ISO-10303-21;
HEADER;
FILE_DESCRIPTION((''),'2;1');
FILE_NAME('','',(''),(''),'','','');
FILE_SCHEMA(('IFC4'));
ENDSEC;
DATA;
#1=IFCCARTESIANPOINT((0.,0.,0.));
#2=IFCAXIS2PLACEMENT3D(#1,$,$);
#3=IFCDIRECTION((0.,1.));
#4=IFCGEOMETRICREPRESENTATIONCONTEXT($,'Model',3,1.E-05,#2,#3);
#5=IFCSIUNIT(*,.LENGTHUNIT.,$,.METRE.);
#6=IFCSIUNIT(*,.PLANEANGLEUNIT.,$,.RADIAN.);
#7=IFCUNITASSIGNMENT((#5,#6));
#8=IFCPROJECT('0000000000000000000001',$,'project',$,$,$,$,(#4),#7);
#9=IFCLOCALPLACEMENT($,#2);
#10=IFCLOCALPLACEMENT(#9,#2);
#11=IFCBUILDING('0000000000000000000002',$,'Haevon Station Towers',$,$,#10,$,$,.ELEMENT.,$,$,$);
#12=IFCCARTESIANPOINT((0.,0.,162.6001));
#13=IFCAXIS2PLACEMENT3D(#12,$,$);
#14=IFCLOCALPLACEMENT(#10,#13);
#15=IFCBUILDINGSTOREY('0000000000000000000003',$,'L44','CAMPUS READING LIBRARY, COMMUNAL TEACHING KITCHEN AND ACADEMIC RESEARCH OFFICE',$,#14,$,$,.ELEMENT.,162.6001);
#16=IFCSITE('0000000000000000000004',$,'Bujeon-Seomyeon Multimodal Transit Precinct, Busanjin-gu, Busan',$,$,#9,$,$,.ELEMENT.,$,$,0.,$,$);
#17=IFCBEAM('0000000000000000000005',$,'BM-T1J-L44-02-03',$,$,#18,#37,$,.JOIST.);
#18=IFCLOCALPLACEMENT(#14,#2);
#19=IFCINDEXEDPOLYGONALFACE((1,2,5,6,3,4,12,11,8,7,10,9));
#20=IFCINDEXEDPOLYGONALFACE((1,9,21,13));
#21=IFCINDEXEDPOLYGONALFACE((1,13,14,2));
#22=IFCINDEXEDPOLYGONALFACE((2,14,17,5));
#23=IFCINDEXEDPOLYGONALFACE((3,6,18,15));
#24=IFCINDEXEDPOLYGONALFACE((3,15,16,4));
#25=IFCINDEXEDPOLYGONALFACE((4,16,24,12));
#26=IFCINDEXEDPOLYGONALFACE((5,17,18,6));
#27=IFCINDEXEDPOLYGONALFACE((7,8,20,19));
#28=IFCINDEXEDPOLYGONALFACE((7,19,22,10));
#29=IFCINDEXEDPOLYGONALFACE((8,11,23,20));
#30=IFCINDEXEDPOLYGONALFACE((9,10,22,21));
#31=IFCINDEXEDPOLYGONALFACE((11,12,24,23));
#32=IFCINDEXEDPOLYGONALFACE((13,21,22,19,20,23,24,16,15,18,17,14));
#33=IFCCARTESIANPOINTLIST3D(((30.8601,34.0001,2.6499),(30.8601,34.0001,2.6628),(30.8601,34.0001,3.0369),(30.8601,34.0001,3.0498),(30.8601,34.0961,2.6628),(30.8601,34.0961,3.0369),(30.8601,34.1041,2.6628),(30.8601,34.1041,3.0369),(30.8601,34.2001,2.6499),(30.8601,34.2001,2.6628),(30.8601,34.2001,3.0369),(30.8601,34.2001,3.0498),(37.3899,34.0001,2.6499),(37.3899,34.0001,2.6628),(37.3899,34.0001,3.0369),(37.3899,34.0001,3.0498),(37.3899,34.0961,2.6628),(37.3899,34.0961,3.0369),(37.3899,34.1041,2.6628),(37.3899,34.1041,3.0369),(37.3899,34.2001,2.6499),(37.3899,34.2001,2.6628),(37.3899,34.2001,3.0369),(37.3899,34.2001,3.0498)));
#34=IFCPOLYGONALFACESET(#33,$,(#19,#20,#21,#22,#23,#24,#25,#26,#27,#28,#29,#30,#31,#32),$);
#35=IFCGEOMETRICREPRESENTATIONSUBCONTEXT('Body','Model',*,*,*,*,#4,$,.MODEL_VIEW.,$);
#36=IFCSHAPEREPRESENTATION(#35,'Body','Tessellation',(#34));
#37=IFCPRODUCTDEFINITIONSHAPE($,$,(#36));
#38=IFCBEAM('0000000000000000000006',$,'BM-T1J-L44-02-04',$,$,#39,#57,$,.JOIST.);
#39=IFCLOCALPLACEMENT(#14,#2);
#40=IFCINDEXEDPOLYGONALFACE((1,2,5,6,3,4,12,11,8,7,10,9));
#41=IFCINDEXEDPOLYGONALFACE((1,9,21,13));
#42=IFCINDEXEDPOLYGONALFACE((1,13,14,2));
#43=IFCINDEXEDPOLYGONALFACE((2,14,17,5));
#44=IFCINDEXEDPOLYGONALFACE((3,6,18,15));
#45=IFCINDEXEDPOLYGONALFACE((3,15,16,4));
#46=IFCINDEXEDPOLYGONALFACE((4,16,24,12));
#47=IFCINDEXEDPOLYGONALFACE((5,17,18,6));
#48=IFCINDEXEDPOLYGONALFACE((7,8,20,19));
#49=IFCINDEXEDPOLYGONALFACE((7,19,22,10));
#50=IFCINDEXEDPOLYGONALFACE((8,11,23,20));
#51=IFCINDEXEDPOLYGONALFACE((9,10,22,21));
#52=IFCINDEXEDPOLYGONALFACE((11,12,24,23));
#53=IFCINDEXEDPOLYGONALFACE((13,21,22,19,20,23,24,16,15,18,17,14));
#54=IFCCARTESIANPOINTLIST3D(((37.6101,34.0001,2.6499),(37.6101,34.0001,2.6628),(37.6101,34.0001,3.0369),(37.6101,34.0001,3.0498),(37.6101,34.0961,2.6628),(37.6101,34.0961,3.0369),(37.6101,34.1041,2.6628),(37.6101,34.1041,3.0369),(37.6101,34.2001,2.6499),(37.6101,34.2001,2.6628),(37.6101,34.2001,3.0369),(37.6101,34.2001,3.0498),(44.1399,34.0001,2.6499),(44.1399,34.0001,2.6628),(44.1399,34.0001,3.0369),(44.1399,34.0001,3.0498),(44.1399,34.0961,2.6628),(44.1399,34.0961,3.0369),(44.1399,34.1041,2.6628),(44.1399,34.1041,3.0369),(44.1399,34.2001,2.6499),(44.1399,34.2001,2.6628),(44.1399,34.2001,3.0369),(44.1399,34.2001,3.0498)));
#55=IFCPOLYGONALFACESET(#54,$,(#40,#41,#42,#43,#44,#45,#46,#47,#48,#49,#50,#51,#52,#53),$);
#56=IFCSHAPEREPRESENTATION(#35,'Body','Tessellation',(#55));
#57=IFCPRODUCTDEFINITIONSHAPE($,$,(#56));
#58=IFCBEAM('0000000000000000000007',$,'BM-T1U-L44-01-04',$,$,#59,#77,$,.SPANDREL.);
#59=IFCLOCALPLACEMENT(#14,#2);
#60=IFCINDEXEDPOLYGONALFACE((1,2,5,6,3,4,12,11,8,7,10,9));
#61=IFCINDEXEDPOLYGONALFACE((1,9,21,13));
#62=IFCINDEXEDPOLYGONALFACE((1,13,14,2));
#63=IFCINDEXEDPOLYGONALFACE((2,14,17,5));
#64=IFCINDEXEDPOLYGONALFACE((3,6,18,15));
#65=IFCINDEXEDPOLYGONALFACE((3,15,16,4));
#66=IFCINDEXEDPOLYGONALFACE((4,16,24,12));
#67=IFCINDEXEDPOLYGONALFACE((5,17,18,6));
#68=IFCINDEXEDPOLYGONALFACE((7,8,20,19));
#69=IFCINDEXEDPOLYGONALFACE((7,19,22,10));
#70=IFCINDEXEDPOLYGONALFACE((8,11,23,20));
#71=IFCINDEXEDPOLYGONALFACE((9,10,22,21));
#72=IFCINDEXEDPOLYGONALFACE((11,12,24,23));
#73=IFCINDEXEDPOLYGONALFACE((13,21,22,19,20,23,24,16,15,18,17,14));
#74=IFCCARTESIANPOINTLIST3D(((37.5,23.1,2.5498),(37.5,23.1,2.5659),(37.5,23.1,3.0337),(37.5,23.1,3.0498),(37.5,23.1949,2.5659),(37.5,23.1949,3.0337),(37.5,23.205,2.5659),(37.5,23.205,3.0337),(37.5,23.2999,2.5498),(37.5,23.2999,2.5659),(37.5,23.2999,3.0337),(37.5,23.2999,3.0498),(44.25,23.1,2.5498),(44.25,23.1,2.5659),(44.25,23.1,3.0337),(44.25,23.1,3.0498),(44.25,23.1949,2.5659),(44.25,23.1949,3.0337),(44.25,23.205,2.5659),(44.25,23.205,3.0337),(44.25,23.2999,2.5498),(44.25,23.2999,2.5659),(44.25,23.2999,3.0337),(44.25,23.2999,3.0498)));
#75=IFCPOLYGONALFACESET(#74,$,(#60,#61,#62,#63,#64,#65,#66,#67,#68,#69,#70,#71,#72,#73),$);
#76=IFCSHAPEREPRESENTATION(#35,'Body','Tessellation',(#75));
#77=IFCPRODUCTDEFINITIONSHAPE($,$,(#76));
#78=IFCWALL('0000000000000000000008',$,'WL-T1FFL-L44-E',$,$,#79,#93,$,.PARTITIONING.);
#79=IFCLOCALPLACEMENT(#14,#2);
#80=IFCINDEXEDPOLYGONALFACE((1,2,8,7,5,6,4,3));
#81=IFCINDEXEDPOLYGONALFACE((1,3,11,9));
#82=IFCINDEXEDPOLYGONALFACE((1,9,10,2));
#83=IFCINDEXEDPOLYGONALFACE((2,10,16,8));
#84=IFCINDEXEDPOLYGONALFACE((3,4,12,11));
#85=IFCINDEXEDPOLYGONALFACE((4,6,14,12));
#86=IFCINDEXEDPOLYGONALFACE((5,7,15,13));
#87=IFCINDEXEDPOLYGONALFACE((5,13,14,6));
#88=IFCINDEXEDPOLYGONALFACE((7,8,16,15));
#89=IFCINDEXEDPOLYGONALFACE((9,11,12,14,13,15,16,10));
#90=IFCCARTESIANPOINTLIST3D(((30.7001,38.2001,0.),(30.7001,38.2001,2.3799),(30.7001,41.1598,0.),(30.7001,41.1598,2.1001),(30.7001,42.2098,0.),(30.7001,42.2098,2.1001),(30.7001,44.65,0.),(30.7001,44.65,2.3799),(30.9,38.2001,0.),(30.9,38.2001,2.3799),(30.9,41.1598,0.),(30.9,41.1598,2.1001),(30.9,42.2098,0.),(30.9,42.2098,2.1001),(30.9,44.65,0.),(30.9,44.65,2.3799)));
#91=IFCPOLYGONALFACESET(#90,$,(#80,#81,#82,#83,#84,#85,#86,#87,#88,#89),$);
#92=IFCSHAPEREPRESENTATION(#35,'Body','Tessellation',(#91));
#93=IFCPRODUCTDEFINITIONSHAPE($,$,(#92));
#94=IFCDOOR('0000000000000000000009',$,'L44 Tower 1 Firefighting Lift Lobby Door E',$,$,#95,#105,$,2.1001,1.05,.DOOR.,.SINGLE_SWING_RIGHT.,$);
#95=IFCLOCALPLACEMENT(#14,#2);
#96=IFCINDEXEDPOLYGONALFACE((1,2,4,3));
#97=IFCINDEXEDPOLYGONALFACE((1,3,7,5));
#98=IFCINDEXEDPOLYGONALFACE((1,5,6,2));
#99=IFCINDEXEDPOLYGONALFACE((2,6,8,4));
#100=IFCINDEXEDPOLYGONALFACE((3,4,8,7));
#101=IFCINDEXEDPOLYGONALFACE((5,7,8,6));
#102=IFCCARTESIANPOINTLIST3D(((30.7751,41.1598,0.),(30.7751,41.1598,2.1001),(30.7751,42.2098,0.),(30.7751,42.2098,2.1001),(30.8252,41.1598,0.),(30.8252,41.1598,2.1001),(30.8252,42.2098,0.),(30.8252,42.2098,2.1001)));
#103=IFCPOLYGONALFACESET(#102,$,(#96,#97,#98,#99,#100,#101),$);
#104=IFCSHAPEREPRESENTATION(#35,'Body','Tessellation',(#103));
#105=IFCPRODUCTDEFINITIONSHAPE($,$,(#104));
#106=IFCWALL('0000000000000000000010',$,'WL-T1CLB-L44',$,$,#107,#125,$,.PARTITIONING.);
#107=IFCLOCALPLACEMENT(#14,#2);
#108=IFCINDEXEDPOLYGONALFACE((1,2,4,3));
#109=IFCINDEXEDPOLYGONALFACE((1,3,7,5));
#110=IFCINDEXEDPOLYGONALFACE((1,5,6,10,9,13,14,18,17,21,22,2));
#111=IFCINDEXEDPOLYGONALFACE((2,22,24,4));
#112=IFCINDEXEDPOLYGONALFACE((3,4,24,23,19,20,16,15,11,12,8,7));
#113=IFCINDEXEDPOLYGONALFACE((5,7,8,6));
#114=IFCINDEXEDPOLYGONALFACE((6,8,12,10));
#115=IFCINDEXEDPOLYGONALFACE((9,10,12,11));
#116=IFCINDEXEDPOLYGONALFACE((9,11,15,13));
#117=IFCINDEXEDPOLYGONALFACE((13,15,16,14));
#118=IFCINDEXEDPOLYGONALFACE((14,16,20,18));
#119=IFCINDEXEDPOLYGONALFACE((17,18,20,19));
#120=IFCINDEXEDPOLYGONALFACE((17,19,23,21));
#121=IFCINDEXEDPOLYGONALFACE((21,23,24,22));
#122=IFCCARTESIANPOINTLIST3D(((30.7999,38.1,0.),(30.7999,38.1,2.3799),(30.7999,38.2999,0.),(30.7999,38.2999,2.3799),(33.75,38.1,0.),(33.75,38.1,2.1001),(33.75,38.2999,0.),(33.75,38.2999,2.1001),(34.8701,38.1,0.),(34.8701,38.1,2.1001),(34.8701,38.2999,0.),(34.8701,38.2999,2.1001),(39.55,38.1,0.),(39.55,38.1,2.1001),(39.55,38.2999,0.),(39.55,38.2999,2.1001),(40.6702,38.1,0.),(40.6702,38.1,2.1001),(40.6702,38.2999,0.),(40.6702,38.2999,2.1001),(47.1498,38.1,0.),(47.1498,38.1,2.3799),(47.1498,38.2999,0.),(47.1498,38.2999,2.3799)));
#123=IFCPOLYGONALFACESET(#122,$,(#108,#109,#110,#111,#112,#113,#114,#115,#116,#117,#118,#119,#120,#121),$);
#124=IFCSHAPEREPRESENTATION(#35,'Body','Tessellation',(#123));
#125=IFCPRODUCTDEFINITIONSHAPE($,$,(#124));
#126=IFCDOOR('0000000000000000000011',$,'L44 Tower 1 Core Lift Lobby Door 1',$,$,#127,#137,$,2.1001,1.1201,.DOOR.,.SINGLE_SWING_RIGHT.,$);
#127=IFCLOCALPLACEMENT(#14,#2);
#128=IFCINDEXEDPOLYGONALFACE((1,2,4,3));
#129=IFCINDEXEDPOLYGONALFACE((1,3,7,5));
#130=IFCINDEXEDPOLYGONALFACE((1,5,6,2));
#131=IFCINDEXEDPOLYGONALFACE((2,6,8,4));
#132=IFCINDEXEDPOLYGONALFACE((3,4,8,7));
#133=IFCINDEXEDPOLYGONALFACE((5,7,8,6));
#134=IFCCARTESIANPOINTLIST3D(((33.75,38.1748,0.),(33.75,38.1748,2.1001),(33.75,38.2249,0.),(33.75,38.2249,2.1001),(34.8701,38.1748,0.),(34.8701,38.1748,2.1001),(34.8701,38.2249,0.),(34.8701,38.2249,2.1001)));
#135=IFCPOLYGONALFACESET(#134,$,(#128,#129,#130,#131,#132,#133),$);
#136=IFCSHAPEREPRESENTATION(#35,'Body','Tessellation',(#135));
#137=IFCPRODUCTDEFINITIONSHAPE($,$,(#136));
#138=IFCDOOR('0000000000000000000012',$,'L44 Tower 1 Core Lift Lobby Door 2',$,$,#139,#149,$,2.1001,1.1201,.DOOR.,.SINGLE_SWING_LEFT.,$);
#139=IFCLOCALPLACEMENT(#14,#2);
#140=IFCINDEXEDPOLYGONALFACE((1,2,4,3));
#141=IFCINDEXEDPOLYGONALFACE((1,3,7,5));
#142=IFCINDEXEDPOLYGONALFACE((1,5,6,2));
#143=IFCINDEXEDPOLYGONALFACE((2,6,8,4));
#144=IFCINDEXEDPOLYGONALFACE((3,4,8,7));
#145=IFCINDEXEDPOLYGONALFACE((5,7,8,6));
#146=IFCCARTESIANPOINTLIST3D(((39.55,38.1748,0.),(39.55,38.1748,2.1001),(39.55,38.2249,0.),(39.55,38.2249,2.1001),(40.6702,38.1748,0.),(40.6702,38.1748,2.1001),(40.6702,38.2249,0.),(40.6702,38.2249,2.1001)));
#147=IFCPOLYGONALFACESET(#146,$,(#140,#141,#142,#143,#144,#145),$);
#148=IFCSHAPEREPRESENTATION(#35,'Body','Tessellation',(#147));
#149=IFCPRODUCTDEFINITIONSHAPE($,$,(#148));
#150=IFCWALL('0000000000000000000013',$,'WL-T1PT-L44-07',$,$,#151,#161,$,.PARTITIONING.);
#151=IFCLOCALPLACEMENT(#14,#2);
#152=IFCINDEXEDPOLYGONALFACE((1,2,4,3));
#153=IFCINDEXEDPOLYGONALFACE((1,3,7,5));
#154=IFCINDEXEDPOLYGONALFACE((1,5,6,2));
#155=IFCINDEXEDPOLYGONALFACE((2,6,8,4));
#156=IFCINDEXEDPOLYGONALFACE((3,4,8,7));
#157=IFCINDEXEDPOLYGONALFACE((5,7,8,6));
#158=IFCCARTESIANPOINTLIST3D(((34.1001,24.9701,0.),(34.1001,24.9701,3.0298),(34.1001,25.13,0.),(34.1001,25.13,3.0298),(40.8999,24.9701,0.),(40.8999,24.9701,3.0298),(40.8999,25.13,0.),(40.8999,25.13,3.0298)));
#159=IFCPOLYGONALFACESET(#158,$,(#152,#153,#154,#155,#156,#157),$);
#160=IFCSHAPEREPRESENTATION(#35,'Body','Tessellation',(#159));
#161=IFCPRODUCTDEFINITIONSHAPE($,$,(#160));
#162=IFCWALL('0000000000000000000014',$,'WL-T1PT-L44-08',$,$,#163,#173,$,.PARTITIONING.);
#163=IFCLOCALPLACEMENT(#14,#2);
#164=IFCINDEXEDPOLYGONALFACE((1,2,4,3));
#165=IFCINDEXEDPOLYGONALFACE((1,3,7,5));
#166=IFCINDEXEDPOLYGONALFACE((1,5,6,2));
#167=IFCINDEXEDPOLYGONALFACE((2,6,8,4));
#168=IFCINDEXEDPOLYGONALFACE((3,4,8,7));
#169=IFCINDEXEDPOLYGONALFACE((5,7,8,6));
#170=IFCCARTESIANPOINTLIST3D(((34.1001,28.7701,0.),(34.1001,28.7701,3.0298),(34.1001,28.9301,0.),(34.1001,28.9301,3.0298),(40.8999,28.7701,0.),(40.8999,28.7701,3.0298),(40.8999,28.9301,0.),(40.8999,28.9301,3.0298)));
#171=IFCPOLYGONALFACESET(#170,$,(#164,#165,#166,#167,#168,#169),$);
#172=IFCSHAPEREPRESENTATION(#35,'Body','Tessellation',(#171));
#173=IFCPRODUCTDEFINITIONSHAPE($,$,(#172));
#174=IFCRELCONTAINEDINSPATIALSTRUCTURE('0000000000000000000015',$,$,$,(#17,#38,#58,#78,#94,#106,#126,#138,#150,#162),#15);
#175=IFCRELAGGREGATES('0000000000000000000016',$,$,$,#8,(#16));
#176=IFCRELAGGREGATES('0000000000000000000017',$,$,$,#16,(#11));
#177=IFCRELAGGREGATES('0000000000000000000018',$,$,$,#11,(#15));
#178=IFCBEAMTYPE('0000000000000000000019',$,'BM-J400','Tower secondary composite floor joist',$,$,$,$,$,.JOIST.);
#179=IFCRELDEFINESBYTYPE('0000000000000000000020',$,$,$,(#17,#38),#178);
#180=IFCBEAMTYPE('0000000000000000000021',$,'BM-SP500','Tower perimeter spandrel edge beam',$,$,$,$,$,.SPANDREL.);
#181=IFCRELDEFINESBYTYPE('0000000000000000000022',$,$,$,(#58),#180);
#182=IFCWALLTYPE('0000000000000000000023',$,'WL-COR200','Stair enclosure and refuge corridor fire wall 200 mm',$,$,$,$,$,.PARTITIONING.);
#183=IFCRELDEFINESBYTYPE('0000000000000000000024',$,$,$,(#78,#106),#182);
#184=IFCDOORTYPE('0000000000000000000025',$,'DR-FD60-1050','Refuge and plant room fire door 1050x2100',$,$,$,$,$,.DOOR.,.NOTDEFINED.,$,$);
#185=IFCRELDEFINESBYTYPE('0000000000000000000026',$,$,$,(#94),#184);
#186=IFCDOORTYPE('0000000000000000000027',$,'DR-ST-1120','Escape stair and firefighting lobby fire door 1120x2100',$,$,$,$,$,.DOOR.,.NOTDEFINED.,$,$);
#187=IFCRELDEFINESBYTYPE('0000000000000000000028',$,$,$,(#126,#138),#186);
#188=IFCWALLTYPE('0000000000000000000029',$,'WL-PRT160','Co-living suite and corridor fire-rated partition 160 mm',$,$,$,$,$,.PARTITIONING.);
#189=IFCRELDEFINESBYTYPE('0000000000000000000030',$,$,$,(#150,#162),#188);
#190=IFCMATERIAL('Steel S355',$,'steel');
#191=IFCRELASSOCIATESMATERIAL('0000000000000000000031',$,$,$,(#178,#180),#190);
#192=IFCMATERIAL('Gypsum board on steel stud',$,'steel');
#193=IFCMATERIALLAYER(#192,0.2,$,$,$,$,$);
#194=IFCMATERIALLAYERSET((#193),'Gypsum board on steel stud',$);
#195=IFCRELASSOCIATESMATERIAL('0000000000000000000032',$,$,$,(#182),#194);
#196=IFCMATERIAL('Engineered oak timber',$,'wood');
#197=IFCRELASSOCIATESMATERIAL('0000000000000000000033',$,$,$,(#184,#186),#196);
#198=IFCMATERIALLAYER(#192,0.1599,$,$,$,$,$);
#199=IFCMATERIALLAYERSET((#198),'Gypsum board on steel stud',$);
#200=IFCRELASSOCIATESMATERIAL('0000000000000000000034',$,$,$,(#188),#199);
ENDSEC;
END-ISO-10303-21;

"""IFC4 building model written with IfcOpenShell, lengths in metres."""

from ifc_helpers import new_model, si_unit, direction, frame, frame_2d, origin, origin_2d, place, context, subcontext, project, spatial, rectangle, i_section, extrude, material, layer, layer_set, material_profile, profile_set, type_object, element, fill, save


model = new_model("IFC4")

# Units and contexts
model_context = context("Model", 3, precision=1e-05, world=origin(), true_north=direction((0.0, 1.0)))
body_context = subcontext(model_context, "Body", "Model", "MODEL_VIEW")
ifc_project = project(units=[si_unit("LENGTHUNIT", "METRE"), si_unit("PLANEANGLEUNIT", "RADIAN")], contexts=[model_context])

# Site, building, storey
site_placement = place(None, origin())
site = spatial("IfcSite", under=ifc_project, at=site_placement, Name="Bujeon-Seomyeon Multimodal Transit Precinct, Busanjin-gu, Busan", CompositionType="ELEMENT", RefElevation=0.0)
building_placement = place(site_placement, origin())
building = spatial("IfcBuilding", under=site, at=building_placement, Name="Haevon Station Towers", CompositionType="ELEMENT")
storey_placement = place(building_placement, frame((0.0, 0.0, 162.6001)))
storey = spatial("IfcBuildingStorey", under=building, at=storey_placement, Name="L44", Description="CAMPUS READING LIBRARY, COMMUNAL TEACHING KITCHEN AND ACADEMIC RESEARCH OFFICE", CompositionType="ELEMENT", Elevation=162.6001)

# Shared definitions
ifc_material_1 = material(Name="Steel S355", Category="steel")

# Beams
ifc_material_profile_1 = material_profile(ifc_material_1, i_section(OverallWidth=0.2, OverallDepth=0.3999, WebThickness=0.0081, FlangeThickness=0.0129, at=origin_2d()), Name="H-400x200x8x13")
ifc_profile_set_1 = profile_set([ifc_material_profile_1], Name="Steel S355")
beam_type_1 = type_object("IfcBeamType", Name="BM-J400", Description="Tower secondary composite floor joist", PredefinedType="JOIST", material=ifc_profile_set_1)
for number, where, z_axis, x_axis, name in (
    (1, (30.8601, 34.1001, 2.8499), (1.0, 0.0, 0.0), (0.0, 1.0, 0.0), "BM-T1J-L44-02-03"),
    (2, (37.6101, 34.1001, 2.8499), (1.0, 0.0, 0.0), (0.0, 1.0, 0.0), "BM-T1J-L44-02-04"),
):
    element("IfcBeam", number, at=place(storey_placement, frame(where, z_axis=z_axis, x_axis=x_axis)), inside=storey, type_object=beam_type_1, Name=name, PredefinedType="JOIST", context=body_context, shape_type="SweptSolid", body=[
        extrude(i_section(OverallWidth=0.2, OverallDepth=0.3999, WebThickness=0.0081, FlangeThickness=0.0129, at=origin_2d()), origin(), (0.0, 0.0, 1.0), 6.5298),
    ])
ifc_material_profile_2 = material_profile(ifc_material_1, i_section(OverallWidth=0.2, OverallDepth=0.5, WebThickness=0.01, FlangeThickness=0.0161, at=origin_2d()), Name="H-500x200x10x16")
ifc_profile_set_2 = profile_set([ifc_material_profile_2], Name="Steel S355")
beam_type_2 = type_object("IfcBeamType", Name="BM-SP500", Description="Tower perimeter spandrel edge beam", PredefinedType="SPANDREL", material=ifc_profile_set_2)
beam_1_placement = place(storey_placement, frame((37.5, 23.2, 2.7998), z_axis=(1.0, 0.0, 0.0), x_axis=(0.0, 1.0, 0.0)))
element("IfcBeam", 3, at=beam_1_placement, inside=storey, type_object=beam_type_2, Name="BM-T1U-L44-01-04", PredefinedType="SPANDREL", context=body_context, shape_type="SweptSolid", body=[
    extrude(i_section(OverallWidth=0.2, OverallDepth=0.5, WebThickness=0.01, FlangeThickness=0.0161, at=origin_2d()), origin(), (0.0, 0.0, 1.0), 6.75),
])

# Wall, opening, door
ifc_material_2 = material(Name="Gypsum board on steel stud", Category="steel")
ifc_layer_1 = layer(ifc_material_2, 0.2)
ifc_layer_set_1 = layer_set([ifc_layer_1], Name="Gypsum board on steel stud")
wall_type_1 = type_object("IfcWallType", Name="WL-COR200", Description="Stair enclosure and refuge corridor fire wall 200 mm", PredefinedType="PARTITIONING", material=ifc_layer_set_1)
wall_1_placement = place(storey_placement, frame((30.8, 38.2, 0.0), z_axis=(0.0, 0.0, 1.0), x_axis=(0.0, 1.0, 0.0)))
wall_1 = element("IfcWall", 4, at=wall_1_placement, inside=storey, type_object=wall_type_1, Name="WL-T1FFL-L44-E", PredefinedType="PARTITIONING", context=body_context, shape_type="SweptSolid", body=[
    extrude(rectangle(XDim=6.45, YDim=0.2, at=frame_2d((3.2251, 0.0))), origin(), (0.0, 0.0, 1.0), 2.3799),
])
opening_1_placement = place(wall_1_placement, frame((2.96, 0.0, 0.0)))
opening_1 = element("IfcOpeningElement", 5, at=opening_1_placement, cuts=wall_1, PredefinedType="OPENING", context=body_context, shape_type="SweptSolid", body=[
    extrude(rectangle(XDim=1.05, YDim=2.1001, at=frame_2d((0.5249, 1.05))), frame((0.0, 0.1099, 0.0), z_axis=(0.0, -1.0, 0.0), x_axis=(1.0, 0.0, 0.0)), (0.0, 0.0, 1.0), 0.22),
])
ifc_material_3 = material(Name="Engineered oak timber", Category="wood")
door_type_1 = type_object("IfcDoorType", Name="DR-FD60-1050", Description="Refuge and plant room fire door 1050x2100", OperationType="NOTDEFINED", PredefinedType="DOOR", material=ifc_material_3)
door_1_placement = place(opening_1_placement, origin())
door_1 = element("IfcDoor", 6, at=door_1_placement, inside=storey, type_object=door_type_1, Name="L44 Tower 1 Firefighting Lift Lobby Door E", OperationType="SINGLE_SWING_RIGHT", OverallHeight=2.1001, OverallWidth=1.05, PredefinedType="DOOR", context=body_context, shape_type="SweptSolid", body=[
    extrude(rectangle(XDim=1.05, YDim=2.1001, at=frame_2d((0.5249, 1.05))), frame((0.0, 0.0249, 0.0), z_axis=(0.0, -1.0, 0.0), x_axis=(1.0, 0.0, 0.0)), (0.0, 0.0, 1.0), 0.05),
])
fill(opening_1, door_1)

# Wall, openings, doors
wall_2_placement = place(storey_placement, frame((30.8, 38.2, 0.0), z_axis=(0.0, 0.0, 1.0), x_axis=(1.0, 0.0, 0.0)))
wall_2 = element("IfcWall", 7, at=wall_2_placement, inside=storey, type_object=wall_type_1, Name="WL-T1CLB-L44", PredefinedType="PARTITIONING", context=body_context, shape_type="SweptSolid", body=[
    extrude(rectangle(XDim=16.3499, YDim=0.2, at=frame_2d((8.1748, 0.0))), origin(), (0.0, 0.0, 1.0), 2.3799),
])
opening_2_placement = place(wall_2_placement, frame((2.95, 0.0, 0.0)))
opening_2 = element("IfcOpeningElement", 8, at=opening_2_placement, cuts=wall_2, PredefinedType="OPENING", context=body_context, shape_type="SweptSolid", body=[
    extrude(rectangle(XDim=1.1201, YDim=2.1001, at=frame_2d((0.5601, 1.05))), frame((0.0, 0.1099, 0.0), z_axis=(0.0, -1.0, 0.0), x_axis=(1.0, 0.0, 0.0)), (0.0, 0.0, 1.0), 0.22),
])
opening_3_placement = place(wall_2_placement, frame((8.75, 0.0, 0.0)))
opening_3 = element("IfcOpeningElement", 9, at=opening_3_placement, cuts=wall_2, PredefinedType="OPENING", context=body_context, shape_type="SweptSolid", body=[
    extrude(rectangle(XDim=1.1201, YDim=2.1001, at=frame_2d((0.5601, 1.05))), frame((0.0, 0.1099, 0.0), z_axis=(0.0, -1.0, 0.0), x_axis=(1.0, 0.0, 0.0)), (0.0, 0.0, 1.0), 0.22),
])
door_type_2 = type_object("IfcDoorType", Name="DR-ST-1120", Description="Escape stair and firefighting lobby fire door 1120x2100", OperationType="NOTDEFINED", PredefinedType="DOOR", material=ifc_material_3)
door_2_placement = place(opening_2_placement, origin())
door_2 = element("IfcDoor", 10, at=door_2_placement, inside=storey, type_object=door_type_2, Name="L44 Tower 1 Core Lift Lobby Door 1", OperationType="SINGLE_SWING_RIGHT", OverallHeight=2.1001, OverallWidth=1.1201, PredefinedType="DOOR", context=body_context, shape_type="SweptSolid", body=[
    extrude(rectangle(XDim=1.1201, YDim=2.1001, at=frame_2d((0.5601, 1.05))), frame((0.0, 0.0249, 0.0), z_axis=(0.0, -1.0, 0.0), x_axis=(1.0, 0.0, 0.0)), (0.0, 0.0, 1.0), 0.05),
])
fill(opening_2, door_2)
door_3_placement = place(opening_3_placement, origin())
door_3 = element("IfcDoor", 11, at=door_3_placement, inside=storey, type_object=door_type_2, Name="L44 Tower 1 Core Lift Lobby Door 2", OperationType="SINGLE_SWING_LEFT", OverallHeight=2.1001, OverallWidth=1.1201, PredefinedType="DOOR", context=body_context, shape_type="SweptSolid", body=[
    extrude(rectangle(XDim=1.1201, YDim=2.1001, at=frame_2d((0.5601, 1.05))), frame((0.0, 0.0249, 0.0), z_axis=(0.0, -1.0, 0.0), x_axis=(1.0, 0.0, 0.0)), (0.0, 0.0, 1.0), 0.05),
])
fill(opening_3, door_3)

# Walls
ifc_layer_2 = layer(ifc_material_2, 0.1599)
ifc_layer_set_2 = layer_set([ifc_layer_2], Name="Gypsum board on steel stud")
wall_type_2 = type_object("IfcWallType", Name="WL-PRT160", Description="Co-living suite and corridor fire-rated partition 160 mm", PredefinedType="PARTITIONING", material=ifc_layer_set_2)
for number, where, z_axis, x_axis, name in (
    (12, (34.1001, 25.05, 0.0), (0.0, 0.0, 1.0), (1.0, 0.0, 0.0), "WL-T1PT-L44-07"),
    (13, (34.1001, 28.8501, 0.0), (0.0, 0.0, 1.0), (1.0, 0.0, 0.0), "WL-T1PT-L44-08"),
):
    element("IfcWall", number, at=place(storey_placement, frame(where, z_axis=z_axis, x_axis=x_axis)), inside=storey, type_object=wall_type_2, Name=name, PredefinedType="PARTITIONING", context=body_context, shape_type="SweptSolid", body=[
        extrude(rectangle(XDim=6.7998, YDim=0.1599, at=frame_2d((3.3999, 0.0))), origin(), (0.0, 0.0, 1.0), 3.0298),
    ])

save(model, "model.ifc")
